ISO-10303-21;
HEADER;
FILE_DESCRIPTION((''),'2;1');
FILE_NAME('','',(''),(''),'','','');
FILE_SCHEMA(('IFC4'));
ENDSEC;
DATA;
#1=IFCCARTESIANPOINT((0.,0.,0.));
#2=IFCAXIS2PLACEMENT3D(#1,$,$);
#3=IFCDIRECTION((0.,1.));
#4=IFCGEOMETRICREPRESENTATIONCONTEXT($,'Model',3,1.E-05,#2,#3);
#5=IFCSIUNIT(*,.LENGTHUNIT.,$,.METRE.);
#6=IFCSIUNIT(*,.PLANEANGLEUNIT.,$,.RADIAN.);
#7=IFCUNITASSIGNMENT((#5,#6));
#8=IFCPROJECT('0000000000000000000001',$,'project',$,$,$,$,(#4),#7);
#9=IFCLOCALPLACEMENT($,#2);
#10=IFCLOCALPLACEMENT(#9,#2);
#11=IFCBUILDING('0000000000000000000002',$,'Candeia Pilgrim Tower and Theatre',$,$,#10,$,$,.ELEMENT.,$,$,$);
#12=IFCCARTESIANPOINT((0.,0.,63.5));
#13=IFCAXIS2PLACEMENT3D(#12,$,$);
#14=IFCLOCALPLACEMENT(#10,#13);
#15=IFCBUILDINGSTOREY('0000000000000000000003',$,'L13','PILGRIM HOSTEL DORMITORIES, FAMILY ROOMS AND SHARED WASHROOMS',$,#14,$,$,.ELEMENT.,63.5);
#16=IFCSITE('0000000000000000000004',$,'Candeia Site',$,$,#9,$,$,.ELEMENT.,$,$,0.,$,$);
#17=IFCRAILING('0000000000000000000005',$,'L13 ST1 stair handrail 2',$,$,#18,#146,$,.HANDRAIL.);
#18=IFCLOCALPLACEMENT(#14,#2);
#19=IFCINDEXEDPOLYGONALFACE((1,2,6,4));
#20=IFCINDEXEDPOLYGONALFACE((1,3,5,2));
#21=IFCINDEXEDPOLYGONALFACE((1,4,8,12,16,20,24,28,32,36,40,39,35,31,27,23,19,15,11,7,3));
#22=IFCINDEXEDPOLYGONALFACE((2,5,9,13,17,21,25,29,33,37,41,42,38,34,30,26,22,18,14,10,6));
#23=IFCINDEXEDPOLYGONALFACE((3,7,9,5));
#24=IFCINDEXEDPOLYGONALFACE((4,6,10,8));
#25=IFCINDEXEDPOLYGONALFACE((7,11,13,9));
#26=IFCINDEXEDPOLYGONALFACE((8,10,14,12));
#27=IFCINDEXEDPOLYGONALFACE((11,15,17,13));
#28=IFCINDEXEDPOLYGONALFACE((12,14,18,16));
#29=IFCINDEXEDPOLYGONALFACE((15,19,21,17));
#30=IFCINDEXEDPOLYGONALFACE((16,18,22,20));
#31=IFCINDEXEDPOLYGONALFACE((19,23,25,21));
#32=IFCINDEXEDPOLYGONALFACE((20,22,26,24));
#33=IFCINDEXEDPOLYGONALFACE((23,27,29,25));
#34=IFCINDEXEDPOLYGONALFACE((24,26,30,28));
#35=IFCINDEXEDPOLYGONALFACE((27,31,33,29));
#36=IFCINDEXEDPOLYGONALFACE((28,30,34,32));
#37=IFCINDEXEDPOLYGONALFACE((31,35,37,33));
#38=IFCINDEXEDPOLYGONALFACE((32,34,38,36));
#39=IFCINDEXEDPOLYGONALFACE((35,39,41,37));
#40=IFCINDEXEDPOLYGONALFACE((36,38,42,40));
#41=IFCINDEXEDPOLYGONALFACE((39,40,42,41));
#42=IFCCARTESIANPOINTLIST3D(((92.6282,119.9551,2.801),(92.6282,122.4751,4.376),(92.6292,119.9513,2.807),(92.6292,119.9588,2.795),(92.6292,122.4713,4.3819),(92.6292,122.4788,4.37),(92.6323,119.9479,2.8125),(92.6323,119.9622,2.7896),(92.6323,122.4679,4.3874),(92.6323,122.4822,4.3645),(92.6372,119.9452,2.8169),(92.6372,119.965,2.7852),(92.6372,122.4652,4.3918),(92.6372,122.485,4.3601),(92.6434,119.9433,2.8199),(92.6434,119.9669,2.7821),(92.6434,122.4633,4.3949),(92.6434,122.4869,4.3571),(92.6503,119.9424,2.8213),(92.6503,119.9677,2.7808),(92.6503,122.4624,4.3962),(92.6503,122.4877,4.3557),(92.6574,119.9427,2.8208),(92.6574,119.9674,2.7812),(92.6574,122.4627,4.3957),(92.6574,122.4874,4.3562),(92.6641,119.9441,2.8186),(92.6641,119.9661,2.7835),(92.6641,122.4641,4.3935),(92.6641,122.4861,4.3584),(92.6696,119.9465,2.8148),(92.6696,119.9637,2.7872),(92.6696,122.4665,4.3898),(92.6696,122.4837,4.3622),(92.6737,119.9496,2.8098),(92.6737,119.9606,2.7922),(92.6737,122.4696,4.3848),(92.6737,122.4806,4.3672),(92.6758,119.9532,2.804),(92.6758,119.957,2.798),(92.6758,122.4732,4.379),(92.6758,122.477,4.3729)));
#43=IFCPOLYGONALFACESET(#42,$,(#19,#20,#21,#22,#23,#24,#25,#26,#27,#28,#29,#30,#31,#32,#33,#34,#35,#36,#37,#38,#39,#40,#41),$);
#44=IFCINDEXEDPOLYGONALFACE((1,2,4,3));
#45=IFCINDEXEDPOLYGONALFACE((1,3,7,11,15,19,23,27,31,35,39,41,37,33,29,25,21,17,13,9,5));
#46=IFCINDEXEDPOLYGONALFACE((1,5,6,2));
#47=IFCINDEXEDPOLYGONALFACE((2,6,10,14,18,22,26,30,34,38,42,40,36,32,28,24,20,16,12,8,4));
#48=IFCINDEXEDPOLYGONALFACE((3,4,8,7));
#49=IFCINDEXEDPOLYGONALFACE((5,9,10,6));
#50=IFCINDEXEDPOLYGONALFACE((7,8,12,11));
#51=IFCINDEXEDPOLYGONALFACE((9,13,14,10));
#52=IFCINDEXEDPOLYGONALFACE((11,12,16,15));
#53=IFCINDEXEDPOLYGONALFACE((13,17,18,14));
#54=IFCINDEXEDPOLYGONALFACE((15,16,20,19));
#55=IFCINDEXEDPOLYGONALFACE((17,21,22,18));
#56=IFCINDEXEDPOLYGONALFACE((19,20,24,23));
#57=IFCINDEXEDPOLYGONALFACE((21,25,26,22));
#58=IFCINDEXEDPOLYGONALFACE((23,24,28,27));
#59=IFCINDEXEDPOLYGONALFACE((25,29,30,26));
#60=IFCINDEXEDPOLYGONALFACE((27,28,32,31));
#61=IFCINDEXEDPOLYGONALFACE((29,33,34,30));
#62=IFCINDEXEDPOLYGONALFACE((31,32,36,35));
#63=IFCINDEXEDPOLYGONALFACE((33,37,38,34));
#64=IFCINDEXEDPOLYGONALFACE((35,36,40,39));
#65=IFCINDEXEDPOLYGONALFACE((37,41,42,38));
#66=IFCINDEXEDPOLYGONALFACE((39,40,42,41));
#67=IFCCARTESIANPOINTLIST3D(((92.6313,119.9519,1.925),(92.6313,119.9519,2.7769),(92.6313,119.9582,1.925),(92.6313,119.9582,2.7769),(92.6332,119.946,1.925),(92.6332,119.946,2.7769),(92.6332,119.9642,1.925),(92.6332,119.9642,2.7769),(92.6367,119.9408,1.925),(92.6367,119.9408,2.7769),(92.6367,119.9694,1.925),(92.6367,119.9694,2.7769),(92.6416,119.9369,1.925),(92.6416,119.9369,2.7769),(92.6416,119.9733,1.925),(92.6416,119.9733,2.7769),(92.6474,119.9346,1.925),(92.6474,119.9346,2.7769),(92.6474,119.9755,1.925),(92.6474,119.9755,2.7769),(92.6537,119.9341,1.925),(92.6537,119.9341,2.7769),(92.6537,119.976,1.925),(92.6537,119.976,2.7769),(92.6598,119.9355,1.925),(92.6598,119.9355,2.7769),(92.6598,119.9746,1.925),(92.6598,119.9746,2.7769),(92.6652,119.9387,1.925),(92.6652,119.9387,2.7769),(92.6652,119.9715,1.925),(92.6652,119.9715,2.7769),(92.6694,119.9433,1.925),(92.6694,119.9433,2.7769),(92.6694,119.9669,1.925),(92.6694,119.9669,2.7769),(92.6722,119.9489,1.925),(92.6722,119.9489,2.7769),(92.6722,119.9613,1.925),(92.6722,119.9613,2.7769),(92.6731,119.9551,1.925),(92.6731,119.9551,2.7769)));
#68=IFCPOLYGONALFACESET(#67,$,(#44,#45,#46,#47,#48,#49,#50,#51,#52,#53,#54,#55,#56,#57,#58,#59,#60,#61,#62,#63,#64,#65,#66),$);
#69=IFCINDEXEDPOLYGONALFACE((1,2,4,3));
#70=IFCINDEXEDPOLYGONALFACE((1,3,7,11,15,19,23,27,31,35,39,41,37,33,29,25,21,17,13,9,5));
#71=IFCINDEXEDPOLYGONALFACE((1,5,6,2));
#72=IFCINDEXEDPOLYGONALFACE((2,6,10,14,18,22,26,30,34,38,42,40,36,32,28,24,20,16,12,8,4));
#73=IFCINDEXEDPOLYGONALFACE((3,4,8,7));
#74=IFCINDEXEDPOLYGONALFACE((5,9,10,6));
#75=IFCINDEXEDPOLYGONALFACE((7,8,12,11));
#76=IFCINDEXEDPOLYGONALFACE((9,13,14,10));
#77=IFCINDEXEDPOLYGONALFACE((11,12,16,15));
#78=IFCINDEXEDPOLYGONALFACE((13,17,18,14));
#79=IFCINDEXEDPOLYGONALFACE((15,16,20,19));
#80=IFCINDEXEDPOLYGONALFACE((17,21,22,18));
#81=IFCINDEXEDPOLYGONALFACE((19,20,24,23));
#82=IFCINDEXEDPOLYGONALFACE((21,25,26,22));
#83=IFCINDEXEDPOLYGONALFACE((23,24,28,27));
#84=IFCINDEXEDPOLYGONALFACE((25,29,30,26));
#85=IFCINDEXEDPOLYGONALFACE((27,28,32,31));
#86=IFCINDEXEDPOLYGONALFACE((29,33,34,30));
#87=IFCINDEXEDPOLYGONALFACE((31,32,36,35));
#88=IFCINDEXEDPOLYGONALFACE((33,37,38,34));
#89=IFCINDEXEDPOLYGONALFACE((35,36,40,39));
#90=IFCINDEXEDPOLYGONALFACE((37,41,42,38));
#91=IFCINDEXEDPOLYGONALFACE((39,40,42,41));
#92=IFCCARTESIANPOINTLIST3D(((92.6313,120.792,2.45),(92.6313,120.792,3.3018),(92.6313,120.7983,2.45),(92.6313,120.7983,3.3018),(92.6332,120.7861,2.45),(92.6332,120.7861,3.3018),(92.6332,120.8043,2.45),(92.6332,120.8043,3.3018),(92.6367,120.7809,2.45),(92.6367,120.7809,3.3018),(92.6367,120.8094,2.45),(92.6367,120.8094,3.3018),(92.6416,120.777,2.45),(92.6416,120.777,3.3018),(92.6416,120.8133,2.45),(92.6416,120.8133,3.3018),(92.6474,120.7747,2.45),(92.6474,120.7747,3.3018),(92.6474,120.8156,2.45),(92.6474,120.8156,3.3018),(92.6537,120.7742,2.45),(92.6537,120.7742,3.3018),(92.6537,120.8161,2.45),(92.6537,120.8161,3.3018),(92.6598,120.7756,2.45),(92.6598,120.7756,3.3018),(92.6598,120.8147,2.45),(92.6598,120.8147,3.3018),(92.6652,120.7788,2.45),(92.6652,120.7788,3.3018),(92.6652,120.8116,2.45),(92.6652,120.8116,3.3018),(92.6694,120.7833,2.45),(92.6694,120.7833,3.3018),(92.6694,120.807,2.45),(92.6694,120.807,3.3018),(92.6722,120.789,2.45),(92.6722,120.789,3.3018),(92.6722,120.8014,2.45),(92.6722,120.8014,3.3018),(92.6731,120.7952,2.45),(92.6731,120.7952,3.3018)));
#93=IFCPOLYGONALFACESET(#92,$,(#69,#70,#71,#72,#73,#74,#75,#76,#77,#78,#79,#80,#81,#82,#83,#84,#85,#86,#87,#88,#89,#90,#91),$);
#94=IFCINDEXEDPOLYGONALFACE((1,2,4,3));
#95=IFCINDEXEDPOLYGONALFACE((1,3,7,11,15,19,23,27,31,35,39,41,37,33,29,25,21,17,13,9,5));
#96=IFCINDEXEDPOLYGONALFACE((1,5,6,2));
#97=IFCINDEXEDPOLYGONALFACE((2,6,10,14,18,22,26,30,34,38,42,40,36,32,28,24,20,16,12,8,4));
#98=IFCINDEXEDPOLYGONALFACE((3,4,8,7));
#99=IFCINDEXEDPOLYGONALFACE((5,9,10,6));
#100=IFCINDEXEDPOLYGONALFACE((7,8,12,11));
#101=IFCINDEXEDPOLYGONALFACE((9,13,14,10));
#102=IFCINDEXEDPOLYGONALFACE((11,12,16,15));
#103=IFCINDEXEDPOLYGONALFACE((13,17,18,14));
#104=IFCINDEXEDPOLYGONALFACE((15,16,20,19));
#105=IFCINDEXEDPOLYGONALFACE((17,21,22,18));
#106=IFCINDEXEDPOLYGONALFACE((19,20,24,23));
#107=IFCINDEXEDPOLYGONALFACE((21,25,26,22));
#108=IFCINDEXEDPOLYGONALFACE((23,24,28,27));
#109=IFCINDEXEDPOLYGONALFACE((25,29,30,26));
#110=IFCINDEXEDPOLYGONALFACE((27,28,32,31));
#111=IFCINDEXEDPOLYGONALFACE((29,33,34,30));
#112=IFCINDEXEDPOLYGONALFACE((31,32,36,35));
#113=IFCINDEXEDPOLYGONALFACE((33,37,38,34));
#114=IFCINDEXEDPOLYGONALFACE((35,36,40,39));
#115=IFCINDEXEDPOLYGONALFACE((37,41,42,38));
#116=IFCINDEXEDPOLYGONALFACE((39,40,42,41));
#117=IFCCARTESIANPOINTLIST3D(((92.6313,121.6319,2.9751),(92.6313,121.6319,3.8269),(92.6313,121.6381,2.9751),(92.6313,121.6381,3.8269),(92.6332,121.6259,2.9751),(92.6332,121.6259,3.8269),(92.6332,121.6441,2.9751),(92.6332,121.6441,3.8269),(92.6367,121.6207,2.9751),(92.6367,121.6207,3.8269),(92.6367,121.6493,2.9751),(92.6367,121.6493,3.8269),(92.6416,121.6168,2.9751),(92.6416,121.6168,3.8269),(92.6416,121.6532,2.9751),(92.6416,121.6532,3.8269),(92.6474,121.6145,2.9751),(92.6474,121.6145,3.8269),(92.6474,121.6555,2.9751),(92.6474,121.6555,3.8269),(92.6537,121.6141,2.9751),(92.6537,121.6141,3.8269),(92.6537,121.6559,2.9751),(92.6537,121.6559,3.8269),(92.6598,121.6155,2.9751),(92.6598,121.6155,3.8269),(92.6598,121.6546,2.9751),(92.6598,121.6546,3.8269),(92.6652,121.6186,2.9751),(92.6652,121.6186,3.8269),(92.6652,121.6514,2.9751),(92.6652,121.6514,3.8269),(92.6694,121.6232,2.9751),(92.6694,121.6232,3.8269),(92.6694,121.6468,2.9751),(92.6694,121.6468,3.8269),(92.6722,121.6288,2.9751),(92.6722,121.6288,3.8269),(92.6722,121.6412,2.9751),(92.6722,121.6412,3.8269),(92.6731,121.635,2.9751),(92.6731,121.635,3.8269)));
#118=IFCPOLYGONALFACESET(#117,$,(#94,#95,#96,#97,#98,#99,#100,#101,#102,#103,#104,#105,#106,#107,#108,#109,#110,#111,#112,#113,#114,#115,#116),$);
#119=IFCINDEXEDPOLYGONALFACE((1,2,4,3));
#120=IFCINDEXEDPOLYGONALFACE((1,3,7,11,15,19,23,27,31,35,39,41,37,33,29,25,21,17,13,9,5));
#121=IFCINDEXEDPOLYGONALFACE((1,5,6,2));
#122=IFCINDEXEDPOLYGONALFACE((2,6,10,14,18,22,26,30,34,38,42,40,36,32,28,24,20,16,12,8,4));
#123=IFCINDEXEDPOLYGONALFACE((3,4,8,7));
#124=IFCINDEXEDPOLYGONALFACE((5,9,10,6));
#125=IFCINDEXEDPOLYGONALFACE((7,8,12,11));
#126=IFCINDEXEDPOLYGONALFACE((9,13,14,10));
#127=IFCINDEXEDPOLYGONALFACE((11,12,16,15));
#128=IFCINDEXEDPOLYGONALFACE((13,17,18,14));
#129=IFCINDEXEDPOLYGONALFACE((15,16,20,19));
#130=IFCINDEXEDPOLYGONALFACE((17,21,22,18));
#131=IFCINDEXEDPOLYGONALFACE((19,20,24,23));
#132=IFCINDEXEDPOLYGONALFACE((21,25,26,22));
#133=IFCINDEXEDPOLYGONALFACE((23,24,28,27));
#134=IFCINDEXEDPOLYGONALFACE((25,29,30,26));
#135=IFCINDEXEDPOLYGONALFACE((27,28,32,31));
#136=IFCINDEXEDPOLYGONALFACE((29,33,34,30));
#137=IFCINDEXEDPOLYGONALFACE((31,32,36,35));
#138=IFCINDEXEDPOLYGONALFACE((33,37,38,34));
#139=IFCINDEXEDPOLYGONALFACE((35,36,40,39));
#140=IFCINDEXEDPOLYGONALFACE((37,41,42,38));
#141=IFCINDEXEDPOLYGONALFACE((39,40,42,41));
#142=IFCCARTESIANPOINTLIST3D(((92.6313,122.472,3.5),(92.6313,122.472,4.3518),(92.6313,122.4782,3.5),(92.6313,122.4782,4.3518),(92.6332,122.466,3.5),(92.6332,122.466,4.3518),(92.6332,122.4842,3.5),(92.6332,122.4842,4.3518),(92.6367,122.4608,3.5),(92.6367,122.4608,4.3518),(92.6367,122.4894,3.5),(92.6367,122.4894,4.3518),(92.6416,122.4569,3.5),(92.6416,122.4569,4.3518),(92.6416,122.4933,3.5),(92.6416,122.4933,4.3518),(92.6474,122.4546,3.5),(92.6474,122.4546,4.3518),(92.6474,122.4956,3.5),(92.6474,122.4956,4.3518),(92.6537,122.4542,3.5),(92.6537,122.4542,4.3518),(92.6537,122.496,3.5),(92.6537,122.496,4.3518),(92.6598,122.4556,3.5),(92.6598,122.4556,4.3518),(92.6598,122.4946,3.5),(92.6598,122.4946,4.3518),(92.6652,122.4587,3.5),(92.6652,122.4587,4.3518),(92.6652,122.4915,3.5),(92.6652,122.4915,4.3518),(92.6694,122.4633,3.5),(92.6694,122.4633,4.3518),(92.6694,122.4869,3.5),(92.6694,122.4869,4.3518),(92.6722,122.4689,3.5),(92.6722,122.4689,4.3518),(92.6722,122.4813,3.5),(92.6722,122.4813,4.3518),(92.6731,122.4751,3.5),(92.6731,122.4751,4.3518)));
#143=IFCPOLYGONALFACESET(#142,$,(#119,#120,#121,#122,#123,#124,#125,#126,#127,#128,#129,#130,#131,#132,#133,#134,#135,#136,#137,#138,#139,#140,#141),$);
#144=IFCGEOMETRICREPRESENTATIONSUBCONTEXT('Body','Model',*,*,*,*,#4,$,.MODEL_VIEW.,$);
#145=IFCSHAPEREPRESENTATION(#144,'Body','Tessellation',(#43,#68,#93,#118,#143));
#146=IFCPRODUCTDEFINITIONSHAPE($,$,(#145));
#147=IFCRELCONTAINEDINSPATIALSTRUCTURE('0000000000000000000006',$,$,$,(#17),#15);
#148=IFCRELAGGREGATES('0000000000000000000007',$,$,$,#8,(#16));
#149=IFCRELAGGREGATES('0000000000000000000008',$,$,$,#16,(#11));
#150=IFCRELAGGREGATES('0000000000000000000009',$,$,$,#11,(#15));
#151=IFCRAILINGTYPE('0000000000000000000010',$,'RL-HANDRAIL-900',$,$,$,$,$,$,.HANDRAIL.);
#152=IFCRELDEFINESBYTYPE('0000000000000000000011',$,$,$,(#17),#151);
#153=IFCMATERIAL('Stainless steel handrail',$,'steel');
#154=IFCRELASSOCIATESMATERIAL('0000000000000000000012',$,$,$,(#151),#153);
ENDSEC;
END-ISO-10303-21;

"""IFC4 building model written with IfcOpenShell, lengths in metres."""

from ifc_helpers import new_model, si_unit, direction, frame, origin, origin_2d, place, context, subcontext, project, spatial, circle, extrude, material, type_object, element, save


model = new_model("IFC4")

# Units and contexts
model_context = context("Model", 3, precision=1e-05, world=origin(), true_north=direction((0.0, 1.0)))
body_context = subcontext(model_context, "Body", "Model", "MODEL_VIEW")
ifc_project = project(units=[si_unit("LENGTHUNIT", "METRE"), si_unit("PLANEANGLEUNIT", "RADIAN")], contexts=[model_context])

# Site, building, storey
site_placement = place(None, origin())
site = spatial("IfcSite", under=ifc_project, at=site_placement, Name="Candeia Site", CompositionType="ELEMENT", RefElevation=0.0)
building_placement = place(site_placement, origin())
building = spatial("IfcBuilding", under=site, at=building_placement, Name="Candeia Pilgrim Tower and Theatre", CompositionType="ELEMENT")
storey_placement = place(building_placement, frame((0.0, 0.0, 63.5)))
storey = spatial("IfcBuildingStorey", under=building, at=storey_placement, Name="L13", Description="PILGRIM HOSTEL DORMITORIES, FAMILY ROOMS AND SHARED WASHROOMS", CompositionType="ELEMENT", Elevation=63.5)

# Railing
ifc_material_1 = material(Name="Stainless steel handrail", Category="steel")
railing_type = type_object("IfcRailingType", Name="RL-HANDRAIL-900", PredefinedType="HANDRAIL", material=ifc_material_1)
railing_placement = place(storey_placement, frame((92.6521, 119.9551, 1.925)))
element("IfcRailing", 1, at=railing_placement, inside=storey, type_object=railing_type, Name="L13 ST1 stair handrail 2", PredefinedType="HANDRAIL", context=body_context, shape_type="SweptSolid", body=[
    extrude(circle(Radius=0.0239, at=origin_2d()), frame((0.0, 0.0, 0.876), z_axis=(0.0, 0.848008, 0.529984), x_axis=(-1.0, 0.0, 0.0)), (0.0, 0.0, 1.0), 2.9717),
    extrude(circle(Radius=0.021, at=origin_2d()), origin(), (0.0, 0.0, 1.0), 0.8518),
    extrude(circle(Radius=0.021, at=origin_2d()), frame((0.0, 0.8401, 0.5249)), (0.0, 0.0, 1.0), 0.8518),
    extrude(circle(Radius=0.021, at=origin_2d()), frame((0.0, 1.6799, 1.05)), (0.0, 0.0, 1.0), 0.8518),
    extrude(circle(Radius=0.021, at=origin_2d()), frame((0.0, 2.52, 1.575)), (0.0, 0.0, 1.0), 0.8518),
])

save(model, "model.ifc")
